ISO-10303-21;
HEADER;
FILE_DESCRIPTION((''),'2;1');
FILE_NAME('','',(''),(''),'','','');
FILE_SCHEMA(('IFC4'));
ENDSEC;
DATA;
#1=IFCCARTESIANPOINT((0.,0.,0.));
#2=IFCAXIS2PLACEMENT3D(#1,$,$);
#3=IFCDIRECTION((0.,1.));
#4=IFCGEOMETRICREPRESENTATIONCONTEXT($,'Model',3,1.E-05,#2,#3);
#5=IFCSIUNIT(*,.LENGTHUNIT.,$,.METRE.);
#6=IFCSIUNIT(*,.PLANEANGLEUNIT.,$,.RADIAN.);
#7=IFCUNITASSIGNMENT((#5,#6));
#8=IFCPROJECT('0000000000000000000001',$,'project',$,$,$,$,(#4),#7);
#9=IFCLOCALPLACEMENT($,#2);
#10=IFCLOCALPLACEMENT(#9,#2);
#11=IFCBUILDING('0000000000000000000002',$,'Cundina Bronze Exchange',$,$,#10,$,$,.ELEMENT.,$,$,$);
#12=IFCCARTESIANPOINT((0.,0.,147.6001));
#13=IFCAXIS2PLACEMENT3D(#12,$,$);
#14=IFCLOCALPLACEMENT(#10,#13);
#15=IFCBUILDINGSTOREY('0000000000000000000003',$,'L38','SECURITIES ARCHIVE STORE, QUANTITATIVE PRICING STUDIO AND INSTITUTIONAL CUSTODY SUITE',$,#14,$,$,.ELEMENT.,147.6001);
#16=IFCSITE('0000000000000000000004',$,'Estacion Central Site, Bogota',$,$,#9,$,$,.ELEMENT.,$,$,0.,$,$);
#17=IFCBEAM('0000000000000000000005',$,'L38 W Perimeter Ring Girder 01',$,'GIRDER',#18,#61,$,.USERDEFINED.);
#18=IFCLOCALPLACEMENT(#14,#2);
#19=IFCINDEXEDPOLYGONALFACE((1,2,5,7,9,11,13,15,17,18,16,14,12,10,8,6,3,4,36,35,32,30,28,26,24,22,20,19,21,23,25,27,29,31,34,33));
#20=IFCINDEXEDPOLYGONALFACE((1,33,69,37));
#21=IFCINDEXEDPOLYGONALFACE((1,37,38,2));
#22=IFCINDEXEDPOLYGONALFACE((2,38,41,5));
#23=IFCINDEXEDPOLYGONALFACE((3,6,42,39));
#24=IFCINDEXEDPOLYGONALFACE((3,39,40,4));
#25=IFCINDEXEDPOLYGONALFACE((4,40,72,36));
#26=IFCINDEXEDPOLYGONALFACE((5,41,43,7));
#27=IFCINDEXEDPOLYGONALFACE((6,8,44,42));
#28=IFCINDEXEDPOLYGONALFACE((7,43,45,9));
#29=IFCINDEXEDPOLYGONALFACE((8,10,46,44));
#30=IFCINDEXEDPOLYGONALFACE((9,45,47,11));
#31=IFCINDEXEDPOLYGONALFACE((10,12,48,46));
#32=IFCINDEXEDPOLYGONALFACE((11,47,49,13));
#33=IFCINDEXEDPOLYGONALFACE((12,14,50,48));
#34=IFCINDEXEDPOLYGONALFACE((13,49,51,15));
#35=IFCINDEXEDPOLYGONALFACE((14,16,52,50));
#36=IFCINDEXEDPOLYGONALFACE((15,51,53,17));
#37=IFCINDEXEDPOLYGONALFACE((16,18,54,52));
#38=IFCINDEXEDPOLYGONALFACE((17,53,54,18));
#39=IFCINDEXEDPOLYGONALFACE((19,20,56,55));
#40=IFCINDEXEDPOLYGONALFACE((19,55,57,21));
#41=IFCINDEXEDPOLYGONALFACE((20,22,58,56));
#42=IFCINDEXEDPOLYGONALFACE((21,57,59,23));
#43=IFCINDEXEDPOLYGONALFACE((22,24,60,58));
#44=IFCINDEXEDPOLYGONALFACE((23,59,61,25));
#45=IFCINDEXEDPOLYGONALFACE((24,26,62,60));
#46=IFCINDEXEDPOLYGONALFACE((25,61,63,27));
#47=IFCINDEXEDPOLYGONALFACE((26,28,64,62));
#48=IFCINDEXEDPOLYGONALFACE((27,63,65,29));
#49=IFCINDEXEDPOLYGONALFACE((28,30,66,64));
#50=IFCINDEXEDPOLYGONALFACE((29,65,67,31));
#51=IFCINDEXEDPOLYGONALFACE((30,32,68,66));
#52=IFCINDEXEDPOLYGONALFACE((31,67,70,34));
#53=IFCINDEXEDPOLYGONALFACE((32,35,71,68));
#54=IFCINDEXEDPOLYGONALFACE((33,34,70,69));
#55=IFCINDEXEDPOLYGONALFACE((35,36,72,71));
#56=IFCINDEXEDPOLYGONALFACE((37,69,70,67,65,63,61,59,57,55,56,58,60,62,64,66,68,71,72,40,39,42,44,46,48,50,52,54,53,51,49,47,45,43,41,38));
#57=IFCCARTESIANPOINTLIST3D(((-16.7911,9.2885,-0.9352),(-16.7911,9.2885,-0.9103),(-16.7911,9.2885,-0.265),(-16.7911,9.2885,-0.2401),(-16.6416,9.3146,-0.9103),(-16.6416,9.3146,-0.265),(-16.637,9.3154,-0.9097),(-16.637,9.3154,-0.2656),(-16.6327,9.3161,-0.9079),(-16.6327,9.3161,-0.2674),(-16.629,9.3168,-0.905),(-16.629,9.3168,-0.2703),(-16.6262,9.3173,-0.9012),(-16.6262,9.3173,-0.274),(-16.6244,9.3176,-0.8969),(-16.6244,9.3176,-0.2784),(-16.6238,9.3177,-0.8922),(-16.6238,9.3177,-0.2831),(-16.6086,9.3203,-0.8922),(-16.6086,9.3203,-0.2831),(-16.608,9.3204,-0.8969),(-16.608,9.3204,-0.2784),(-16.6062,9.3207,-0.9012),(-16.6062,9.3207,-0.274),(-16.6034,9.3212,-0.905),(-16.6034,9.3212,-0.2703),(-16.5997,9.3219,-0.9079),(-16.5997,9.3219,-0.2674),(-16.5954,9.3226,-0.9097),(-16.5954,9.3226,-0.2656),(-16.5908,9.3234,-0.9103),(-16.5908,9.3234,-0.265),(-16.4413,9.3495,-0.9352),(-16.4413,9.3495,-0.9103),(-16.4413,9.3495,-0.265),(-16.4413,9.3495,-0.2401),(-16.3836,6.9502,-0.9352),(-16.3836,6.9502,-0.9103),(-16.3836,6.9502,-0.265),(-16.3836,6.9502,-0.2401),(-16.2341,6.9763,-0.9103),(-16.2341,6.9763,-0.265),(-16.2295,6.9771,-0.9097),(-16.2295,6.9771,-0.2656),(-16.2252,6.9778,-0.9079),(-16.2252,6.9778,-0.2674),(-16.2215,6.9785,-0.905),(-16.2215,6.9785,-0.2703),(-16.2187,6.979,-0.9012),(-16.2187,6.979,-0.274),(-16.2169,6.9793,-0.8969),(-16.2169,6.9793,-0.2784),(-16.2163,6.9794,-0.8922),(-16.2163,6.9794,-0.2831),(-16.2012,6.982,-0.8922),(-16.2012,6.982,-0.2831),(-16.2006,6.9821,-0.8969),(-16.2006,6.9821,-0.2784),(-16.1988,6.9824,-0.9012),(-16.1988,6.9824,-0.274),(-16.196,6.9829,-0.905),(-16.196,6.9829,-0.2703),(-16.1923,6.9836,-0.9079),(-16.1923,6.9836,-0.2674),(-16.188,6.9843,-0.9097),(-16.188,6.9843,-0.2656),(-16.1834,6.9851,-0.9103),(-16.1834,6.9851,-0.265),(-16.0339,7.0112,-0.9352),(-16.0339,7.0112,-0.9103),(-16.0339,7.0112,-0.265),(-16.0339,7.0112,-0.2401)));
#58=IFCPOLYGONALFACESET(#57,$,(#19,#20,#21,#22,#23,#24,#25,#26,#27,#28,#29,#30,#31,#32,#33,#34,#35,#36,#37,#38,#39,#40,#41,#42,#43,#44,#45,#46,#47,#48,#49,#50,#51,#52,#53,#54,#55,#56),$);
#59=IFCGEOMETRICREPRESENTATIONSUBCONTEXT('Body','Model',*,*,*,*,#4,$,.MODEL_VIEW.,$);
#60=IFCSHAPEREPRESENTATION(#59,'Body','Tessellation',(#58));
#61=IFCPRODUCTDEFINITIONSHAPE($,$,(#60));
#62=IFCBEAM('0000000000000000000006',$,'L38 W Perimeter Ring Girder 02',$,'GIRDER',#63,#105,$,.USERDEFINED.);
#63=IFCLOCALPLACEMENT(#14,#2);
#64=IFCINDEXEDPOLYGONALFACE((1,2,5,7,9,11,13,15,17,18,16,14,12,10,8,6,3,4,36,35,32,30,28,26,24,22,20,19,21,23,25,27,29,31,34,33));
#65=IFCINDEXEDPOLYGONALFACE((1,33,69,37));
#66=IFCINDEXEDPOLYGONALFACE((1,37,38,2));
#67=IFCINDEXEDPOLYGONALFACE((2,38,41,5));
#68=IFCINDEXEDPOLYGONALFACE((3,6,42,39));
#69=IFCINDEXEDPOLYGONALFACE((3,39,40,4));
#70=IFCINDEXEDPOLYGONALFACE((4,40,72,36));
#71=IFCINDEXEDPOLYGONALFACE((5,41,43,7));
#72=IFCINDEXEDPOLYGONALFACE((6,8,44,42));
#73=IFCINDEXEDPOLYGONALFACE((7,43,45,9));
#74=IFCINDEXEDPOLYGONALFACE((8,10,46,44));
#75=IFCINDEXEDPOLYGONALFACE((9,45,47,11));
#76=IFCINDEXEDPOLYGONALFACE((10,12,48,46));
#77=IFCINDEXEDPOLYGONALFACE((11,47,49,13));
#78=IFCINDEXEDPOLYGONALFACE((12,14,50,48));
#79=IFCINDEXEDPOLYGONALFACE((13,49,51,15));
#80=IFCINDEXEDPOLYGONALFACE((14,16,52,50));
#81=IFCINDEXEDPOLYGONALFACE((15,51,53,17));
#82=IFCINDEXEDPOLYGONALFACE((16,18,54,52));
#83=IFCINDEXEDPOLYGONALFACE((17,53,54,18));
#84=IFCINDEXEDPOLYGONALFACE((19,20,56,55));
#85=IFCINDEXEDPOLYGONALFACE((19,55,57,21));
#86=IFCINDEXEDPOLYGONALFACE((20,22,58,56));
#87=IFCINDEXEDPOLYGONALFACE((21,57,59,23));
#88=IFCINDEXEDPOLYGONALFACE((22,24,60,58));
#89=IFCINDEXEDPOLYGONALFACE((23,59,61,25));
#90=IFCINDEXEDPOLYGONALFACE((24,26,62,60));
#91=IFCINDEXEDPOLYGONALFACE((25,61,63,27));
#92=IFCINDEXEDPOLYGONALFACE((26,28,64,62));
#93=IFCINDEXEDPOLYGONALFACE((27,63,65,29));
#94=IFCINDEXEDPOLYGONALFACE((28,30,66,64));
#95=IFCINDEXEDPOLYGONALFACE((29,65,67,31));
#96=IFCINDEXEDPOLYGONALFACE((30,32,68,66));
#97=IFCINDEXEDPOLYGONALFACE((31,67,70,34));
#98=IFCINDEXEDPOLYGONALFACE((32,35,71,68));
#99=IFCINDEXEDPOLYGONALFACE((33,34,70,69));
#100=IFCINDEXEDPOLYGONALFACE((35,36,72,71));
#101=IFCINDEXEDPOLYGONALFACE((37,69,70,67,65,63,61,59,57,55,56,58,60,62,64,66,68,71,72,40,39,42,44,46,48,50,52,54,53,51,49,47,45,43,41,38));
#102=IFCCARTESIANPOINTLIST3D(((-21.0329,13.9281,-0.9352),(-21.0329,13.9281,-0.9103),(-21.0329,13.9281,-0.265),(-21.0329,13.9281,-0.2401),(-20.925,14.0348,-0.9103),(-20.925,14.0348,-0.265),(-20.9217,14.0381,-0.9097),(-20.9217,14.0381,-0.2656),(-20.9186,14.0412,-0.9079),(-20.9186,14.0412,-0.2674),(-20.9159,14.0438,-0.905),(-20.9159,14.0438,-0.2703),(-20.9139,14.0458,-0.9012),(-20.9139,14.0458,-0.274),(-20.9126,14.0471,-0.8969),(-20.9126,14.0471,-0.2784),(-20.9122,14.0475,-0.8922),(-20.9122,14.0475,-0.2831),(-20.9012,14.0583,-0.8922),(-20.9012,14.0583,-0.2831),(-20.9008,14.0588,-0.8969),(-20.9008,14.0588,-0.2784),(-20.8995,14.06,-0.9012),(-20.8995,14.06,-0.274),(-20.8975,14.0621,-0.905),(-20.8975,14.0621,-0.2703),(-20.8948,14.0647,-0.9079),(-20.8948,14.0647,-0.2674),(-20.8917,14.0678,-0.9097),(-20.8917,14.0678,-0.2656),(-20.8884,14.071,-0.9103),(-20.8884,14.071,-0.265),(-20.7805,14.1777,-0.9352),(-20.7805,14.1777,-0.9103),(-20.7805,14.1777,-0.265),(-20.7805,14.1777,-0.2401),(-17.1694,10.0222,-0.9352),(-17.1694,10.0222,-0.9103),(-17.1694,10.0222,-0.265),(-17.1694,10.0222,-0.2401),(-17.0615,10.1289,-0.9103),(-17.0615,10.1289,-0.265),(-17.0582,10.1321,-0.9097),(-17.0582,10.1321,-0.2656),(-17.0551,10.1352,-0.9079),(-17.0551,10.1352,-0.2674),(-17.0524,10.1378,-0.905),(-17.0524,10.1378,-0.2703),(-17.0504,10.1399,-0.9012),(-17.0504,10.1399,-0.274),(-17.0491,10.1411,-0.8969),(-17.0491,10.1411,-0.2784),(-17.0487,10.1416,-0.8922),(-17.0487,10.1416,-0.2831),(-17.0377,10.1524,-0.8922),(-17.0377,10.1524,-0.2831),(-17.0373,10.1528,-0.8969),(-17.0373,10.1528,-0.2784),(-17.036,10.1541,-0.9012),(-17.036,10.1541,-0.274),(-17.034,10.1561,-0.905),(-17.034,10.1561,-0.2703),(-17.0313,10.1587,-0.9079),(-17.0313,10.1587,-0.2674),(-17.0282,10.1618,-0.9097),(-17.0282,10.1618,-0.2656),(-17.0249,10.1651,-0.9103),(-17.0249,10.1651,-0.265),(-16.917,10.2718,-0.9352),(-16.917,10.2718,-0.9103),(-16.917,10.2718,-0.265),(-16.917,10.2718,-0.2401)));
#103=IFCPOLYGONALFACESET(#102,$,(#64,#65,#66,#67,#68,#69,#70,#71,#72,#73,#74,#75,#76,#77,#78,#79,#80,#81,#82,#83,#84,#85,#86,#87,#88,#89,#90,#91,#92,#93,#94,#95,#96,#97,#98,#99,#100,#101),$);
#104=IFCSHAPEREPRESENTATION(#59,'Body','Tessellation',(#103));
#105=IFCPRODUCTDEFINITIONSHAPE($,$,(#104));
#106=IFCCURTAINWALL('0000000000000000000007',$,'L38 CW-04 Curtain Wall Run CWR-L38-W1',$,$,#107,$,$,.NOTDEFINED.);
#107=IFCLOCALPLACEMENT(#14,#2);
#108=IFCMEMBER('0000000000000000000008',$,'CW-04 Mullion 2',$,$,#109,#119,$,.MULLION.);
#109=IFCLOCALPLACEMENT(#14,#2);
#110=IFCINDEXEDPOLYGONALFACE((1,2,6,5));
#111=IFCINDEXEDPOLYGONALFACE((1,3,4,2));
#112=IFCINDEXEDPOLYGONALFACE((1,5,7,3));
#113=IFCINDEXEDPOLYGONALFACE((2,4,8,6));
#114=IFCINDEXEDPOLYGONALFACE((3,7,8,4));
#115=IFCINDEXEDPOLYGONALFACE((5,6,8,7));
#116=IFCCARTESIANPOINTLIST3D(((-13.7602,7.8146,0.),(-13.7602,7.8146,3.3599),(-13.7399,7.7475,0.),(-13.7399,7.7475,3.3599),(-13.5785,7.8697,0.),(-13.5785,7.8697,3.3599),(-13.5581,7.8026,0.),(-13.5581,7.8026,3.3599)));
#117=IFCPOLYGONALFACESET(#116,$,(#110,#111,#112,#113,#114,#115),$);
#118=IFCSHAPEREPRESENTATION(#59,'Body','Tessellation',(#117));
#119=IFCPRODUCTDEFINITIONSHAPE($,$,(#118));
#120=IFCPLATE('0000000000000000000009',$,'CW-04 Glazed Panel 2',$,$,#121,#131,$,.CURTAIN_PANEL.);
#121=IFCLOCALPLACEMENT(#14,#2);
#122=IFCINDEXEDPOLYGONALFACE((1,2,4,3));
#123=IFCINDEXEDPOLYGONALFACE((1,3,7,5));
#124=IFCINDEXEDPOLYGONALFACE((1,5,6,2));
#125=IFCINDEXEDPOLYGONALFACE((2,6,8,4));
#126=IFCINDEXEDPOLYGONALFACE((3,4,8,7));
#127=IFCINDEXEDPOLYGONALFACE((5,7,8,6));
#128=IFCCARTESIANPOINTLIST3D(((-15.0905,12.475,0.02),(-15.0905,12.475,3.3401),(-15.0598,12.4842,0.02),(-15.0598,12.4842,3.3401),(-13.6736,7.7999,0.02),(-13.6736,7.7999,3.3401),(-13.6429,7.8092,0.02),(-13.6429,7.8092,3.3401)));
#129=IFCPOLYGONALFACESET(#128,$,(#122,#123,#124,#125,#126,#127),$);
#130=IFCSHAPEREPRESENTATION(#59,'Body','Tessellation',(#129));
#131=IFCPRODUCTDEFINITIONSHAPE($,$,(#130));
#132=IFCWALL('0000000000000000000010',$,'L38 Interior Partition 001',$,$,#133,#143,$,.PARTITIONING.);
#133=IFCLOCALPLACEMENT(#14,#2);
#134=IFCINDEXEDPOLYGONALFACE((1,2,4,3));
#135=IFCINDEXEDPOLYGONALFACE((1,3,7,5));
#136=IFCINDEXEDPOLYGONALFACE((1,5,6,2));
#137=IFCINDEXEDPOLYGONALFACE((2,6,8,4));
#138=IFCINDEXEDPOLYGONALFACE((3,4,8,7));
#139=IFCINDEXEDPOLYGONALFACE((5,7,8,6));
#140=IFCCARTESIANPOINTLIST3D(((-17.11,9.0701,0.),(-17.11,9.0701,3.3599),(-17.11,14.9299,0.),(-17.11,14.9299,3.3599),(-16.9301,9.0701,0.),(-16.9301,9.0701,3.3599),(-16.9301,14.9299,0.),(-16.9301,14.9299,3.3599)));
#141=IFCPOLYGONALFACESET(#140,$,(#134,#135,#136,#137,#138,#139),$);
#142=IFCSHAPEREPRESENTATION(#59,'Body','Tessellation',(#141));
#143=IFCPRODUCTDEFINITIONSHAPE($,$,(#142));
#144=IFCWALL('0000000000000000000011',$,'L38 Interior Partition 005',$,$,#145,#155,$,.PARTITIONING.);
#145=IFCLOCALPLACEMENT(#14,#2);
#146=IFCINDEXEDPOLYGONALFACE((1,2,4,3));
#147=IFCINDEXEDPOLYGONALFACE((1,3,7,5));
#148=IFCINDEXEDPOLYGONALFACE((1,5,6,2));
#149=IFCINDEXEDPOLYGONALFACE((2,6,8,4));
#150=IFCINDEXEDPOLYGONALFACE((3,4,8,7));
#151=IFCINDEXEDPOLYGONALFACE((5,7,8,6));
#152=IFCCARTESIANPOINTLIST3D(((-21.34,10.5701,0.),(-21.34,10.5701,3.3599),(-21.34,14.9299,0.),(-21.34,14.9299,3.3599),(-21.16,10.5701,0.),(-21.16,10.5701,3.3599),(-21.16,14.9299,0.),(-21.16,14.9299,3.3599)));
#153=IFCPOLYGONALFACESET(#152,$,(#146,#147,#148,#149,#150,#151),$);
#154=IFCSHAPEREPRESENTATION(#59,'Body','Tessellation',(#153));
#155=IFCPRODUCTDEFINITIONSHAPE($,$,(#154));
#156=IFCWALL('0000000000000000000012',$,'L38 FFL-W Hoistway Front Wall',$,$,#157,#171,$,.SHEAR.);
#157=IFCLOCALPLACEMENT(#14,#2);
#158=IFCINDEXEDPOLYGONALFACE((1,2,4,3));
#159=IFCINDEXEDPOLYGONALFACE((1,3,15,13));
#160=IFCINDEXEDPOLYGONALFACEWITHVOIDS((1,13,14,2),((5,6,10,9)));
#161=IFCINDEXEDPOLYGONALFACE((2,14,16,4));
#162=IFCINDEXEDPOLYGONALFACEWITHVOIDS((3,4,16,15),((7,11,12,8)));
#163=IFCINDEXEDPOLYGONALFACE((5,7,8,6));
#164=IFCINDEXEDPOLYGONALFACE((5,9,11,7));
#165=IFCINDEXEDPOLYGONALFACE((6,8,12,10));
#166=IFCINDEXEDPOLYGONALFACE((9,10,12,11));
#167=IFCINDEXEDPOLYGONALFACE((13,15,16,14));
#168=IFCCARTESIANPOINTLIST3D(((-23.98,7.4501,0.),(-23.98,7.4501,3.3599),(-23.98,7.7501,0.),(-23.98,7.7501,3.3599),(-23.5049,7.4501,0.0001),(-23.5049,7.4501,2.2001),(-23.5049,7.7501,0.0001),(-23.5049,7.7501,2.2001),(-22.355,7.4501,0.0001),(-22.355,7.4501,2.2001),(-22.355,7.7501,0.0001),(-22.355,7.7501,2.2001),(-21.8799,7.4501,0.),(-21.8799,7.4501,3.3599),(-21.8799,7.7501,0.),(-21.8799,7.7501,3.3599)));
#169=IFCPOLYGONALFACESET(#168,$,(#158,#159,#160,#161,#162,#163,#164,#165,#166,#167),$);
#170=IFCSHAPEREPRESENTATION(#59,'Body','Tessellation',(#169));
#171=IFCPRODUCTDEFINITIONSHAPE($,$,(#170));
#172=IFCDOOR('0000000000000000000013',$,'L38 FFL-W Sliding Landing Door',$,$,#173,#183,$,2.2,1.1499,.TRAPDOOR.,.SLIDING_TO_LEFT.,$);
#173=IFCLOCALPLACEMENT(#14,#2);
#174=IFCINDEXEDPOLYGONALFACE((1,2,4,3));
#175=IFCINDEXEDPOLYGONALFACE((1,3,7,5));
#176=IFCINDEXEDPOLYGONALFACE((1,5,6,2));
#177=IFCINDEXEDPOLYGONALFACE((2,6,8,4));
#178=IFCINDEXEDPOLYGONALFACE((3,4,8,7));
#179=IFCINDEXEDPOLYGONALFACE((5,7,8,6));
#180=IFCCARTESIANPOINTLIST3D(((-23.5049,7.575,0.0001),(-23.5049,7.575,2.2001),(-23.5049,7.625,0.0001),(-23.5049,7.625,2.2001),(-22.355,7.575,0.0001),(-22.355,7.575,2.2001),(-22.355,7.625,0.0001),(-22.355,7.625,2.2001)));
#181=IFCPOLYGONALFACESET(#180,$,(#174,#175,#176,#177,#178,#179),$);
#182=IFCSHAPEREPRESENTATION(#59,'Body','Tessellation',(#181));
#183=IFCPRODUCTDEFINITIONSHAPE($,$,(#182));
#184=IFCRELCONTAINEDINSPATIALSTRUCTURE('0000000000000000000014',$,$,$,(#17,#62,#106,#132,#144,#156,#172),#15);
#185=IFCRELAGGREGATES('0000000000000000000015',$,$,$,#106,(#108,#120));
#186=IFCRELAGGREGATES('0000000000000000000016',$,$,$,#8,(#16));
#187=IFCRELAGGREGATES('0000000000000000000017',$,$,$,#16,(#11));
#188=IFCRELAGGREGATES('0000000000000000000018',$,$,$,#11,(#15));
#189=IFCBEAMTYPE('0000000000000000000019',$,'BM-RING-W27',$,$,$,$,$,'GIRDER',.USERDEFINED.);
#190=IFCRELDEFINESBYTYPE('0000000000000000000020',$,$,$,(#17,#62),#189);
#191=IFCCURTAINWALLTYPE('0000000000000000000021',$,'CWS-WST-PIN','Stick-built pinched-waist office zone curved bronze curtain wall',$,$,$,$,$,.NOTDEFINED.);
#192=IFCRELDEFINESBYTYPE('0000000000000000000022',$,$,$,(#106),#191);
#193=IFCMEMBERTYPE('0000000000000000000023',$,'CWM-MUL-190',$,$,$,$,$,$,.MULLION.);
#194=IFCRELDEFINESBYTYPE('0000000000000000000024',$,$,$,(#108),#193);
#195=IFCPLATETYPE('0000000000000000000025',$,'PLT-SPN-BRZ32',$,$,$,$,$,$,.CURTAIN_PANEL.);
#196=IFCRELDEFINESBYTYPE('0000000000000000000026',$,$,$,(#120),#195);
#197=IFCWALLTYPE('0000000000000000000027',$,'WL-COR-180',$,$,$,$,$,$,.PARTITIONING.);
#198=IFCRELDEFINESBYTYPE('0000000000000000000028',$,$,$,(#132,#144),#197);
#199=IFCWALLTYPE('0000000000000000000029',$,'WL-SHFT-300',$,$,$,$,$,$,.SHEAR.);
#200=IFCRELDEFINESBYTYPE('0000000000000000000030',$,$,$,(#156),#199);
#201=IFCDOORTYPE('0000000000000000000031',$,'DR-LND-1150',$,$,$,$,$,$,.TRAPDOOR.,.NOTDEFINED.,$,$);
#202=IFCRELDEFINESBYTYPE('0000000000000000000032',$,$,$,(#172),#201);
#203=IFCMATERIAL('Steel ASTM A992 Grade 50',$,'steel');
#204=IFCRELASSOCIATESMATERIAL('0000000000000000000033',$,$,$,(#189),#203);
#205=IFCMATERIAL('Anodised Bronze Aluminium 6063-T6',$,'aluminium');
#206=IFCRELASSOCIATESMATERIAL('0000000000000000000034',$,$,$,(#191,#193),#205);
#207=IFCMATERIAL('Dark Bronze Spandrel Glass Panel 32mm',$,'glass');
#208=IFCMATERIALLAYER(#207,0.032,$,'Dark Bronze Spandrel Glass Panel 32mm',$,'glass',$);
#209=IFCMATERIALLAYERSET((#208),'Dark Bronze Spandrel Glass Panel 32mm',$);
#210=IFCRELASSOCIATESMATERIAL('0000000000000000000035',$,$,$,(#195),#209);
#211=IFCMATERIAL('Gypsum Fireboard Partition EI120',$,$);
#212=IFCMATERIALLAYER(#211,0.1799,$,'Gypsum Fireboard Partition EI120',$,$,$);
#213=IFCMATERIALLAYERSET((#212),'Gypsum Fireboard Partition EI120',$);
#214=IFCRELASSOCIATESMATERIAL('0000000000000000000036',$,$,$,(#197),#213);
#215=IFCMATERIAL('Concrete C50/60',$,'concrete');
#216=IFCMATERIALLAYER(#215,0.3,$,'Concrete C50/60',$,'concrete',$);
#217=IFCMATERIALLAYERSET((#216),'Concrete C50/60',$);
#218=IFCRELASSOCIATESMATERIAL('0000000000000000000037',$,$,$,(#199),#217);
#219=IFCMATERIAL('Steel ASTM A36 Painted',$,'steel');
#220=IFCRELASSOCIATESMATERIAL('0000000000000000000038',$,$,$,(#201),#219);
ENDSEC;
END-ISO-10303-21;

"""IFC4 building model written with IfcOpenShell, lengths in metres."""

from ifc_helpers import new_model, si_unit, direction, frame, frame_2d, origin, origin_2d, place, context, subcontext, project, spatial, rectangle, i_section, extrude, material, layer, layer_set, material_profile, profile_set, type_object, element, fill, aggregate, save


model = new_model("IFC4")

# Units and contexts
model_context = context("Model", 3, precision=1e-05, world=origin(), true_north=direction((0.0, 1.0)))
body_context = subcontext(model_context, "Body", "Model", "MODEL_VIEW")
ifc_project = project(units=[si_unit("LENGTHUNIT", "METRE"), si_unit("PLANEANGLEUNIT", "RADIAN")], contexts=[model_context])

# Site, building, storey
site_placement = place(None, origin())
site = spatial("IfcSite", under=ifc_project, at=site_placement, Name="Estacion Central Site, Bogota", CompositionType="ELEMENT", RefElevation=0.0)
building_placement = place(site_placement, origin())
building = spatial("IfcBuilding", under=site, at=building_placement, Name="Cundina Bronze Exchange", CompositionType="ELEMENT")
storey_placement = place(building_placement, frame((0.0, 0.0, 147.6001)))
storey = spatial("IfcBuildingStorey", under=building, at=storey_placement, Name="L38", Description="SECURITIES ARCHIVE STORE, QUANTITATIVE PRICING STUDIO AND INSTITUTIONAL CUSTODY SUITE", CompositionType="ELEMENT", Elevation=147.6001)

# Shared definitions
ifc_material_1 = material(Name="Concrete C50/60", Category="concrete")

# Beams
ifc_material_2 = material(Name="Steel ASTM A992 Grade 50", Category="steel")
ifc_material_profile_1 = material_profile(ifc_material_2, i_section(OverallWidth=0.355, OverallDepth=0.6951, WebThickness=0.0154, FlangeThickness=0.0249, FilletRadius=0.0181, at=origin_2d()), Name="W27X146", Category="steel")
ifc_profile_set_1 = profile_set([ifc_material_profile_1], Name="Steel ASTM A992 Grade 50")
beam_type_1 = type_object("IfcBeamType", Name="BM-RING-W27", ElementType="GIRDER", PredefinedType="USERDEFINED", material=ifc_profile_set_1)
beam_1_placement = place(storey_placement, frame((-16.2087, 6.9807, -0.5876), z_axis=(-0.171667, 0.985155, 0.0), x_axis=(-0.985155, -0.171667, 0.0)))
element("IfcBeam", 1, at=beam_1_placement, inside=storey, type_object=beam_type_1, Name="L38 W Perimeter Ring Girder 01", ObjectType="GIRDER", PredefinedType="USERDEFINED", context=body_context, shape_type="SweptSolid", body=[
    extrude(i_section(OverallWidth=0.355, OverallDepth=0.6951, WebThickness=0.0154, FlangeThickness=0.0249, FilletRadius=0.0181, at=origin_2d()), origin(), (0.0, 0.0, 1.0), 2.3735),
])
beam_2_placement = place(storey_placement, frame((-17.0432, 10.147, -0.5876), z_axis=(-0.70323, 0.710962, 0.0), x_axis=(-0.710962, -0.70323, 0.0)))
element("IfcBeam", 2, at=beam_2_placement, inside=storey, type_object=beam_type_1, Name="L38 W Perimeter Ring Girder 02", ObjectType="GIRDER", PredefinedType="USERDEFINED", context=body_context, shape_type="SweptSolid", body=[
    extrude(i_section(OverallWidth=0.355, OverallDepth=0.6951, WebThickness=0.0154, FlangeThickness=0.0249, FilletRadius=0.0181, at=origin_2d()), origin(), (0.0, 0.0, 1.0), 5.4939),
])

# Curtain wall, member, plate
ifc_material_3 = material(Name="Anodised Bronze Aluminium 6063-T6", Category="aluminium")
curtain_wall_type = type_object("IfcCurtainWallType", Name="CWS-WST-PIN", Description="Stick-built pinched-waist office zone curved bronze curtain wall", PredefinedType="NOTDEFINED", material=ifc_material_3)
curtain_wall_placement = place(storey_placement, origin())
curtain_wall = element("IfcCurtainWall", 3, at=curtain_wall_placement, inside=storey, type_object=curtain_wall_type, Name="L38 CW-04 Curtain Wall Run CWR-L38-W1", PredefinedType="NOTDEFINED")
ifc_material_profile_2 = material_profile(ifc_material_3, rectangle(XDim=0.0701, YDim=0.1899, at=origin_2d()), Name="AL70X190", Category="aluminium")
ifc_profile_set_2 = profile_set([ifc_material_profile_2], Name="Anodised Bronze Aluminium 6063-T6")
member_type = type_object("IfcMemberType", Name="CWM-MUL-190", PredefinedType="MULLION", material=ifc_profile_set_2)
member_placement = place(storey_placement, frame((-13.6592, 7.8086, 0.0), z_axis=(0.0, 0.0, 1.0), x_axis=(-0.290034, 0.957016, 0.0)))
member = element("IfcMember", 4, at=member_placement, type_object=member_type, Name="CW-04 Mullion 2", PredefinedType="MULLION", context=body_context, shape_type="SweptSolid", body=[
    extrude(rectangle(XDim=0.0701, YDim=0.1899, at=origin_2d()), origin(), (0.0, 0.0, 1.0), 3.3599),
])
ifc_material_4 = material(Name="Dark Bronze Spandrel Glass Panel 32mm", Category="glass")
ifc_layer_1 = layer(ifc_material_4, 0.032, Name="Dark Bronze Spandrel Glass Panel 32mm", Category="glass")
ifc_layer_set_1 = layer_set([ifc_layer_1], Name="Dark Bronze Spandrel Glass Panel 32mm")
plate_type = type_object("IfcPlateType", Name="PLT-SPN-BRZ32", PredefinedType="CURTAIN_PANEL", material=ifc_layer_set_1)
plate_placement = place(storey_placement, frame((-14.3667, 10.1421, 0.02), z_axis=(0.0, 0.0, 1.0), x_axis=(-0.290051, 0.957011, 0.0)))
plate = element("IfcPlate", 5, at=plate_placement, type_object=plate_type, Name="CW-04 Glazed Panel 2", PredefinedType="CURTAIN_PANEL", context=body_context, shape_type="SweptSolid", body=[
    extrude(rectangle(XDim=4.885, YDim=0.032, at=origin_2d()), origin(), (0.0, 0.0, 1.0), 3.3201),
])
aggregate(curtain_wall, [member, plate])

# Walls
ifc_material_5 = material(Name="Gypsum Fireboard Partition EI120")
ifc_layer_2 = layer(ifc_material_5, 0.1799, Name="Gypsum Fireboard Partition EI120")
ifc_layer_set_2 = layer_set([ifc_layer_2], Name="Gypsum Fireboard Partition EI120")
wall_type_1 = type_object("IfcWallType", Name="WL-COR-180", PredefinedType="PARTITIONING", material=ifc_layer_set_2)
wall_1_placement = place(storey_placement, frame((-17.02, 9.0701, 0.0), z_axis=(0.0, 0.0, 1.0), x_axis=(0.0, 1.0, 0.0)))
element("IfcWall", 6, at=wall_1_placement, inside=storey, type_object=wall_type_1, Name="L38 Interior Partition 001", PredefinedType="PARTITIONING", context=body_context, shape_type="SweptSolid", body=[
    extrude(rectangle(XDim=5.8599, YDim=0.1799, at=frame_2d((2.9299, 0.0))), origin(), (0.0, 0.0, 1.0), 3.3599),
])
wall_2_placement = place(storey_placement, frame((-21.25, 10.5701, 0.0), z_axis=(0.0, 0.0, 1.0), x_axis=(0.0, 1.0, 0.0)))
element("IfcWall", 7, at=wall_2_placement, inside=storey, type_object=wall_type_1, Name="L38 Interior Partition 005", PredefinedType="PARTITIONING", context=body_context, shape_type="SweptSolid", body=[
    extrude(rectangle(XDim=4.3599, YDim=0.1799, at=frame_2d((2.1799, 0.0))), origin(), (0.0, 0.0, 1.0), 3.3599),
])

# Wall, opening, door
ifc_layer_3 = layer(ifc_material_1, 0.3, Name="Concrete C50/60", Category="concrete")
ifc_layer_set_3 = layer_set([ifc_layer_3], Name="Concrete C50/60")
wall_type_2 = type_object("IfcWallType", Name="WL-SHFT-300", PredefinedType="SHEAR", material=ifc_layer_set_3)
wall_3_placement = place(storey_placement, frame((-23.98, 7.6001, 0.0), z_axis=(0.0, 0.0, 1.0), x_axis=(1.0, 0.0, 0.0)))
wall_3 = element("IfcWall", 8, at=wall_3_placement, inside=storey, type_object=wall_type_2, Name="L38 FFL-W Hoistway Front Wall", PredefinedType="SHEAR", context=body_context, shape_type="SweptSolid", body=[
    extrude(rectangle(XDim=2.1001, YDim=0.3, at=frame_2d((1.05, 0.0))), origin(), (0.0, 0.0, 1.0), 3.3599),
])
opening_1_placement = place(wall_3_placement, frame((0.4751, 0.0, 0.0)))
opening_1 = element("IfcOpeningElement", 9, at=opening_1_placement, cuts=wall_3, PredefinedType="OPENING", context=body_context, shape_type="SweptSolid", body=[
    extrude(rectangle(XDim=1.1499, YDim=2.2, at=frame_2d((0.575, 1.1001))), frame((0.0, 0.1599, 0.0), z_axis=(0.0, -1.0, 0.0), x_axis=(1.0, 0.0, 0.0)), (0.0, 0.0, 1.0), 0.3201),
])
ifc_material_6 = material(Name="Steel ASTM A36 Painted", Category="steel")
door_type = type_object("IfcDoorType", Name="DR-LND-1150", OperationType="NOTDEFINED", PredefinedType="TRAPDOOR", material=ifc_material_6)
door_1_placement = place(opening_1_placement, origin())
door_1 = element("IfcDoor", 10, at=door_1_placement, inside=storey, type_object=door_type, Name="L38 FFL-W Sliding Landing Door", OperationType="SLIDING_TO_LEFT", OverallHeight=2.2, OverallWidth=1.1499, PredefinedType="TRAPDOOR", context=body_context, shape_type="SweptSolid", body=[
    extrude(rectangle(XDim=1.1499, YDim=2.2, at=frame_2d((0.575, 1.1001))), frame((0.0, 0.0249, 0.0), z_axis=(0.0, -1.0, 0.0), x_axis=(1.0, 0.0, 0.0)), (0.0, 0.0, 1.0), 0.05),
])
fill(opening_1, door_1)

save(model, "model.ifc")
